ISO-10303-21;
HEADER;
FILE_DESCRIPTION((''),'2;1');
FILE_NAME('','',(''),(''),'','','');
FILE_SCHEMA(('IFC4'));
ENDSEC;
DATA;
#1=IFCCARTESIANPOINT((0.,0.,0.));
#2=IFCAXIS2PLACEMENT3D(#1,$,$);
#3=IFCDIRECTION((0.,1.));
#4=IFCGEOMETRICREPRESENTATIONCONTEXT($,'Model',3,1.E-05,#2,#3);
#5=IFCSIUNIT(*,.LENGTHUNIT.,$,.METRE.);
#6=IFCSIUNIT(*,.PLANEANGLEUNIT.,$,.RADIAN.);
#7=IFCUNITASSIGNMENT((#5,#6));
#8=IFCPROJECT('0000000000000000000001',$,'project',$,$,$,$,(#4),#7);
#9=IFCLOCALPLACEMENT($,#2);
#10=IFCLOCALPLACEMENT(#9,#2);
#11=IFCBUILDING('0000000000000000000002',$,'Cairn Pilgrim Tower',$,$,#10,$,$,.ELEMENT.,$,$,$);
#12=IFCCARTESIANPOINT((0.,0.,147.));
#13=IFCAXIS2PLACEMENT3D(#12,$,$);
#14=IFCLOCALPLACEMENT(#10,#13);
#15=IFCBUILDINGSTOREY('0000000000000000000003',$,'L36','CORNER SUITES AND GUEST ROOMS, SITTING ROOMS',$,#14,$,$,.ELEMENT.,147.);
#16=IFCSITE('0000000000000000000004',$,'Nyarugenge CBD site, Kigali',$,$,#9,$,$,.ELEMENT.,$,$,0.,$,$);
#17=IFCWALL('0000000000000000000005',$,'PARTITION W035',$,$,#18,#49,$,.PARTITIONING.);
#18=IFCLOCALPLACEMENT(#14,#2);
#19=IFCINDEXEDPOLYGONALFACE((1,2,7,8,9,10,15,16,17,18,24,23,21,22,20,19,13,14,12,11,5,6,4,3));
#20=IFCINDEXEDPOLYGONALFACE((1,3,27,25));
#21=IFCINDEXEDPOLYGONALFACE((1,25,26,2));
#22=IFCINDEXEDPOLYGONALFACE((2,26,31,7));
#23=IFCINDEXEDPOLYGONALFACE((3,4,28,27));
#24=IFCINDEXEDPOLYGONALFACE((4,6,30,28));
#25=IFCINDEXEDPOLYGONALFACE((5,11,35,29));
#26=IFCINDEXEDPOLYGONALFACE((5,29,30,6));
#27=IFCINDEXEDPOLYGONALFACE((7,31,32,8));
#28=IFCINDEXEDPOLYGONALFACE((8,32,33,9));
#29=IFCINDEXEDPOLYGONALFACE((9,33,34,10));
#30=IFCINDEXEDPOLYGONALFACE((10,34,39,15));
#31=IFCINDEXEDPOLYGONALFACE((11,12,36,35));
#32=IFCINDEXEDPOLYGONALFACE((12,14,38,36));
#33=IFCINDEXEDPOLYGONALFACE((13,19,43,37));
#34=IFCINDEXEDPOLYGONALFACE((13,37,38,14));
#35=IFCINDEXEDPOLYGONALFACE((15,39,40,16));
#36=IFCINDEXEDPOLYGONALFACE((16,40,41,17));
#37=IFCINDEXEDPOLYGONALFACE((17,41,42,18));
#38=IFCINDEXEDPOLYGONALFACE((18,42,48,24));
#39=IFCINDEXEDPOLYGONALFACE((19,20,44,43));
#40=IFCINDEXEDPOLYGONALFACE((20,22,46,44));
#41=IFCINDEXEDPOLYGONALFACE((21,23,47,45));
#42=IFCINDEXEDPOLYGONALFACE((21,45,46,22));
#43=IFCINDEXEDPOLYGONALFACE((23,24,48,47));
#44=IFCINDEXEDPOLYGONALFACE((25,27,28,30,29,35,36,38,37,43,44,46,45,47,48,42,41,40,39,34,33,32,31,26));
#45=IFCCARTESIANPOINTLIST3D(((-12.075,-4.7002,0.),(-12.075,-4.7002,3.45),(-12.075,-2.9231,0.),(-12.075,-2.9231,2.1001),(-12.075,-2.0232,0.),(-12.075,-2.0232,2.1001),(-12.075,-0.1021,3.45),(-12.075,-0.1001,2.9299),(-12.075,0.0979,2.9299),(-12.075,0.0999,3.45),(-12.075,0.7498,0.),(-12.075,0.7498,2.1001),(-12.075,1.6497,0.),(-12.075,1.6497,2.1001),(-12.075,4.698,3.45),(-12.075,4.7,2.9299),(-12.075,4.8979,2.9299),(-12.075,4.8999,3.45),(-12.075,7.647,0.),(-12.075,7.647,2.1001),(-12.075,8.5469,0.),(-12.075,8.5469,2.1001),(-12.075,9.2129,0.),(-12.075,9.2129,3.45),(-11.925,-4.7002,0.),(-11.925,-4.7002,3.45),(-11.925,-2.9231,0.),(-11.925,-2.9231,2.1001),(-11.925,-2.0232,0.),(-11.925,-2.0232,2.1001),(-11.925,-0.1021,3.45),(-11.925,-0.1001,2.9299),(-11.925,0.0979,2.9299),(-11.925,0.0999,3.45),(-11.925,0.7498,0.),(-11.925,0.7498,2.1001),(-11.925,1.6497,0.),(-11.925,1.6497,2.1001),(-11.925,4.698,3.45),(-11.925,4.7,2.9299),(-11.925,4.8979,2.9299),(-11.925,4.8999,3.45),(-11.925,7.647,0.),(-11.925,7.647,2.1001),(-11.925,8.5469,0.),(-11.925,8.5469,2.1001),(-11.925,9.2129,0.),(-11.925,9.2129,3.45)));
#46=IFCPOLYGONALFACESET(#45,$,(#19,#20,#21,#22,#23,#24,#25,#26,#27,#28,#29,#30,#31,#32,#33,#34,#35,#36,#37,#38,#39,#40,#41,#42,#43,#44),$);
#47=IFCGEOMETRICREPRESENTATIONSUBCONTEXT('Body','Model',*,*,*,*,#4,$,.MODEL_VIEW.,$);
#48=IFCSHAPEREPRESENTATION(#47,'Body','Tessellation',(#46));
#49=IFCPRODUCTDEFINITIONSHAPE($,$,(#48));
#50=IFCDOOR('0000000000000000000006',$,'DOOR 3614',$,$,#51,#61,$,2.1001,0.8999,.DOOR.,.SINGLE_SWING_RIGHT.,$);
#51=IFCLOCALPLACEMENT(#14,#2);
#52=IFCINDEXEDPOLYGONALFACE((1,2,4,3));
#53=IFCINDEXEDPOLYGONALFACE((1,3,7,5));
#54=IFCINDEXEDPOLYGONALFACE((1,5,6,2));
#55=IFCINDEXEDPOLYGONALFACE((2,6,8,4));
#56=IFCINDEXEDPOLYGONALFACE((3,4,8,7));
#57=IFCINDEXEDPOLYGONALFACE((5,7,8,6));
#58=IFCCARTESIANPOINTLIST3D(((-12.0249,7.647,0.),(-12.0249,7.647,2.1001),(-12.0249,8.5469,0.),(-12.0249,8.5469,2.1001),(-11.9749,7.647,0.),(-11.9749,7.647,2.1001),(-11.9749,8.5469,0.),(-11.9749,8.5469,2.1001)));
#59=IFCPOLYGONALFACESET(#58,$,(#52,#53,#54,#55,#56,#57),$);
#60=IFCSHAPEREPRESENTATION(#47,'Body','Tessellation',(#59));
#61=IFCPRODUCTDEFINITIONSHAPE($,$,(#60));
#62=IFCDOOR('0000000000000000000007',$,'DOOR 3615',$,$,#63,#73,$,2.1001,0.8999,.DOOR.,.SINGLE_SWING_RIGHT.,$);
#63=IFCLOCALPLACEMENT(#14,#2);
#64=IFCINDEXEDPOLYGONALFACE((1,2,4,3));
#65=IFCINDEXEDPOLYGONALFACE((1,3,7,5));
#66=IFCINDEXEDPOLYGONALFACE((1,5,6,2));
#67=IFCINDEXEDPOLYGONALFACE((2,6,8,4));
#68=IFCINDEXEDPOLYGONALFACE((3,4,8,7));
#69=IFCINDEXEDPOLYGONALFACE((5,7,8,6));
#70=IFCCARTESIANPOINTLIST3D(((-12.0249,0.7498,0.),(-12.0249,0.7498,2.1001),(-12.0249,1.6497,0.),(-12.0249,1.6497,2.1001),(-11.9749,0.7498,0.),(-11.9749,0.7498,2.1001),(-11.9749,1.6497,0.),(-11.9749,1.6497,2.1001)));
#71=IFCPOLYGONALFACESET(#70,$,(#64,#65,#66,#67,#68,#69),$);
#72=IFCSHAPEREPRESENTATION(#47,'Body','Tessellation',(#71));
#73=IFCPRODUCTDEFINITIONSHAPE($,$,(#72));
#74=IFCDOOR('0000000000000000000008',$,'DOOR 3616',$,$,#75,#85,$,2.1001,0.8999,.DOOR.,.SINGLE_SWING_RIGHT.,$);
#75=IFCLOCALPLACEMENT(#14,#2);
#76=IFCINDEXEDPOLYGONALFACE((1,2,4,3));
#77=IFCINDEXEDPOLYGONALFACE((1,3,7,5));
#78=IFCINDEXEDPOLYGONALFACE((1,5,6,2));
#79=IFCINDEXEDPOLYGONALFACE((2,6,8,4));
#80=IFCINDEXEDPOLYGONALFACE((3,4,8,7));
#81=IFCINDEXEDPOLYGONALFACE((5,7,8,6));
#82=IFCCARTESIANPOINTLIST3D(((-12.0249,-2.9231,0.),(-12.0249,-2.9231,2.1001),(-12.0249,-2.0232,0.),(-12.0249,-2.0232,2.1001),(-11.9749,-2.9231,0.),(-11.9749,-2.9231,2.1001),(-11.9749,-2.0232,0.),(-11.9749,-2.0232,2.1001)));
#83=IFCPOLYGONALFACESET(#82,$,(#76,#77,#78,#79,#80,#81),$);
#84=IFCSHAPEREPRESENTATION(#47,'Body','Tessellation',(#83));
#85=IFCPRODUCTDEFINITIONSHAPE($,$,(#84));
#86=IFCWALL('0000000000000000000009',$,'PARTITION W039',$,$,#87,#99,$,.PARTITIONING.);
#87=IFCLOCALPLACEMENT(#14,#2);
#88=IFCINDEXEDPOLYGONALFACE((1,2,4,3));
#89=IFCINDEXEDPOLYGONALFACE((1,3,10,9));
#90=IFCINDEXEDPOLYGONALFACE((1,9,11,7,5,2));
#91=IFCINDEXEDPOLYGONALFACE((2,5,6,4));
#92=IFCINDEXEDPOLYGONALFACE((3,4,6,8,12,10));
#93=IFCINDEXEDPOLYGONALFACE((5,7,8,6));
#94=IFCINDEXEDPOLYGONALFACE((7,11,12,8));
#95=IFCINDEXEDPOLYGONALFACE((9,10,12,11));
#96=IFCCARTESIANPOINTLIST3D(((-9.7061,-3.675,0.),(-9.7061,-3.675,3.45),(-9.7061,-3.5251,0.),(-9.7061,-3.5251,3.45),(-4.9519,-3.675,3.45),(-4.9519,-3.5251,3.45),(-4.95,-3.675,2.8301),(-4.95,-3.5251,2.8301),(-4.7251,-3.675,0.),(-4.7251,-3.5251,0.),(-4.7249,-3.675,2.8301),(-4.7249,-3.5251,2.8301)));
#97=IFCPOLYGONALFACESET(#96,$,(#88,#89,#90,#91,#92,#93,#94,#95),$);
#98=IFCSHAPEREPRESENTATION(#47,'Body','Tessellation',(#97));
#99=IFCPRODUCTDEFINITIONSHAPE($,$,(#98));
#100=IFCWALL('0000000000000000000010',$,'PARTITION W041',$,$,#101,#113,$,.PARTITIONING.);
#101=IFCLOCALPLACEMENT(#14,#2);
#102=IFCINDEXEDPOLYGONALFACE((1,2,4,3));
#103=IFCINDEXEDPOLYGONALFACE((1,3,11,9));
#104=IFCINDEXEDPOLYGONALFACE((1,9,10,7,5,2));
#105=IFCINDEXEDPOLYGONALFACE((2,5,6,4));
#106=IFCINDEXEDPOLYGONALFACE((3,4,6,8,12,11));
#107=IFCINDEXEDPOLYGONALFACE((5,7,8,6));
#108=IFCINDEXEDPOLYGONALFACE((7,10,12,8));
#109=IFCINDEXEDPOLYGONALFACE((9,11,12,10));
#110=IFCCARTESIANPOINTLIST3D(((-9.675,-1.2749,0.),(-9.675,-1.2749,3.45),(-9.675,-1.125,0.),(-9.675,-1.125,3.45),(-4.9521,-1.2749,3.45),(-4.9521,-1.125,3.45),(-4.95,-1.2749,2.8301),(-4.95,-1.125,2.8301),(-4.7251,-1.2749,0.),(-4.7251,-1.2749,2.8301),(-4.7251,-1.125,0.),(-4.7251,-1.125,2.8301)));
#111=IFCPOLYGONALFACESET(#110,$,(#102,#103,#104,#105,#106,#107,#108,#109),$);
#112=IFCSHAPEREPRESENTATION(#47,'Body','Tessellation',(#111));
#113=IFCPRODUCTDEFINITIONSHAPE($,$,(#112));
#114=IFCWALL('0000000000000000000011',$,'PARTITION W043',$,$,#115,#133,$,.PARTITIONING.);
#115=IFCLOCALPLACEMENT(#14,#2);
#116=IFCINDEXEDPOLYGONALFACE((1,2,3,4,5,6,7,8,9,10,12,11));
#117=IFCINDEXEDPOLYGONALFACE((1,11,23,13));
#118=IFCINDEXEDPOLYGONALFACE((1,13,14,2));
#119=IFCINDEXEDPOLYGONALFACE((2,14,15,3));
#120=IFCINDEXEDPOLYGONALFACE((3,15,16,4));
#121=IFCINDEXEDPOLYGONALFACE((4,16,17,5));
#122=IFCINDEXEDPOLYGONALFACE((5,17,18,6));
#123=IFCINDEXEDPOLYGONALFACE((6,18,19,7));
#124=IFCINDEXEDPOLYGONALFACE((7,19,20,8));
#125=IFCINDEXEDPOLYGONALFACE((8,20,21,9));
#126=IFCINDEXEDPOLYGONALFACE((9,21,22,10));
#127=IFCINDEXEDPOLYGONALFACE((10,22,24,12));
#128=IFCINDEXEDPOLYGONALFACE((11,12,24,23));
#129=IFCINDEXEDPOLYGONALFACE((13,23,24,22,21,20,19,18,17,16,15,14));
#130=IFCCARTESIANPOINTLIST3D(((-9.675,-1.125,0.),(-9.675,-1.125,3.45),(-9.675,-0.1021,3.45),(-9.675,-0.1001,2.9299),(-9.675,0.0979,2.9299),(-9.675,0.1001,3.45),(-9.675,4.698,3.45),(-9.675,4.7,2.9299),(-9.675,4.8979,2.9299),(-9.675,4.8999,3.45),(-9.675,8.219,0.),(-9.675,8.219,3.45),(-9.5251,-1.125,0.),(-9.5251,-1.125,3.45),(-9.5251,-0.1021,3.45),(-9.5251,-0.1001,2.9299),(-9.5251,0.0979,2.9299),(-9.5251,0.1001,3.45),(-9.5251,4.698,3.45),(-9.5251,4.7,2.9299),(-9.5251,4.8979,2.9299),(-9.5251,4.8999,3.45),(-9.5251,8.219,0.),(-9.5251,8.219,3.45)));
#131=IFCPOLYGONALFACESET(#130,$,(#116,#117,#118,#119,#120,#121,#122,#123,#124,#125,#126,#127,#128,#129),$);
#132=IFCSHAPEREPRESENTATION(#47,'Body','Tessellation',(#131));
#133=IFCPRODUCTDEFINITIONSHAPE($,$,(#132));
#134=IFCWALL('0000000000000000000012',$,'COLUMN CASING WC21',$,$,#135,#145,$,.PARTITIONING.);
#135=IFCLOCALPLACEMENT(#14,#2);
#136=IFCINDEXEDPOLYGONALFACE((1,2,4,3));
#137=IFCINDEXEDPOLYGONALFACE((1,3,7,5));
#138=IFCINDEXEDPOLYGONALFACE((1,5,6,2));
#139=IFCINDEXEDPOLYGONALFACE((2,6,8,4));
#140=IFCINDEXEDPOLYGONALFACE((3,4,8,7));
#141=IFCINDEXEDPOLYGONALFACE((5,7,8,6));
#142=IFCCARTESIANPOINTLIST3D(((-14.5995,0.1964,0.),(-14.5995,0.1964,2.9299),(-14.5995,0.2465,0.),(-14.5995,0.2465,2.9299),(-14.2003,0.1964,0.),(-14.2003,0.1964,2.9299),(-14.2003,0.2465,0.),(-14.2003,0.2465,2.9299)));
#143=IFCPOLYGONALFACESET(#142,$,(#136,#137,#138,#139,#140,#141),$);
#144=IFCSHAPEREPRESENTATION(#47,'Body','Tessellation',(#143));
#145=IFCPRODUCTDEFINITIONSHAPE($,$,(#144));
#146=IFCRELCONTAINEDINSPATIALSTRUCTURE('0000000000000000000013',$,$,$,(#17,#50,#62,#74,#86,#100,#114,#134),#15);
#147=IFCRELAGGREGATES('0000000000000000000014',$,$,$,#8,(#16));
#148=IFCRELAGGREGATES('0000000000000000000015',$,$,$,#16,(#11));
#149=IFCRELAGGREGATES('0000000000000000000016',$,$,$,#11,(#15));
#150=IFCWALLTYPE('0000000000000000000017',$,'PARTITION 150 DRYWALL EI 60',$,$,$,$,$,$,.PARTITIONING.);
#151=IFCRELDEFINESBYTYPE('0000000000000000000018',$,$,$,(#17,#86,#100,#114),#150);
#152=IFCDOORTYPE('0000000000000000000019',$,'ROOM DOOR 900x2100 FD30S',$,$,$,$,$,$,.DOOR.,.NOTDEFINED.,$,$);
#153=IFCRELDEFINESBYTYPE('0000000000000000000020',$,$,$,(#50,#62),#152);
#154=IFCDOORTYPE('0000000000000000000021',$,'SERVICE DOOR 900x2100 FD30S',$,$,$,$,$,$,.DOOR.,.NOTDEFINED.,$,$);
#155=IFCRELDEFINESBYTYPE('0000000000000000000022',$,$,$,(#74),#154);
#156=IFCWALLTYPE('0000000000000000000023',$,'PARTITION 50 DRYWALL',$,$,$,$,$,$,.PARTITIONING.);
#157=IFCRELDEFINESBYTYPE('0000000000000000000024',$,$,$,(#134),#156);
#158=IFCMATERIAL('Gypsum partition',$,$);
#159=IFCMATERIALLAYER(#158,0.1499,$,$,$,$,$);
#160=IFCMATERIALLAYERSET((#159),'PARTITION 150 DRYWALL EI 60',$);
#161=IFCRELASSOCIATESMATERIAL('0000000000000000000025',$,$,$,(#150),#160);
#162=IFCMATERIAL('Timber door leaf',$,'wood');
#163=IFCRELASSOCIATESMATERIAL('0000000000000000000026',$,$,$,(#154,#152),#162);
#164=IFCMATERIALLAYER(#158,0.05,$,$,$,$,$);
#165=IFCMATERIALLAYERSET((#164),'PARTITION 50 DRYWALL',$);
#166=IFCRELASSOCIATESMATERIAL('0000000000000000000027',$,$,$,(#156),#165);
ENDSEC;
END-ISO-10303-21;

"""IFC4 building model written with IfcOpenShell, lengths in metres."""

from ifc_helpers import new_model, si_unit, direction, frame, frame_2d, origin, place, context, subcontext, project, spatial, polyline, rectangle, outline, extrude, material, layer, layer_set, type_object, element, fill, save


model = new_model("IFC4")

# Units and contexts
model_context = context("Model", 3, precision=1e-05, world=origin(), true_north=direction((0.0, 1.0)))
body_context = subcontext(model_context, "Body", "Model", "MODEL_VIEW")
ifc_project = project(units=[si_unit("LENGTHUNIT", "METRE"), si_unit("PLANEANGLEUNIT", "RADIAN")], contexts=[model_context])

# Site, building, storey
site_placement = place(None, origin())
site = spatial("IfcSite", under=ifc_project, at=site_placement, Name="Nyarugenge CBD site, Kigali", CompositionType="ELEMENT", RefElevation=0.0)
building_placement = place(site_placement, origin())
building = spatial("IfcBuilding", under=site, at=building_placement, Name="Cairn Pilgrim Tower", CompositionType="ELEMENT")
storey_placement = place(building_placement, frame((0.0, 0.0, 147.0)))
storey = spatial("IfcBuildingStorey", under=building, at=storey_placement, Name="L36", Description="CORNER SUITES AND GUEST ROOMS, SITTING ROOMS", CompositionType="ELEMENT", Elevation=147.0)

# Shared definitions
ifc_material_1 = material(Name="Gypsum partition")

# Shared definitions
ifc_material_2 = material(Name="Timber door leaf", Category="wood")

# Shared definitions
ifc_layer_1 = layer(ifc_material_1, 0.1499)
ifc_layer_set_1 = layer_set([ifc_layer_1], Name="PARTITION 150 DRYWALL EI 60")
wall_type_1 = type_object("IfcWallType", Name="PARTITION 150 DRYWALL EI 60", PredefinedType="PARTITIONING", material=ifc_layer_set_1)

# Shared definitions
door_type_1 = type_object("IfcDoorType", Name="SERVICE DOOR 900x2100 FD30S", OperationType="NOTDEFINED", PredefinedType="DOOR", material=ifc_material_2)

# Wall, openings, doors
wall_1_placement = place(storey_placement, frame((-12.0, -4.7002, 0.0), z_axis=(0.0, 0.0, 1.0), x_axis=(0.0, 1.0, 0.0)))
wall_1 = element("IfcWall", 1, at=wall_1_placement, inside=storey, type_object=wall_type_1, Name="PARTITION W035", PredefinedType="PARTITIONING", context=body_context, shape_type="SweptSolid", body=[
    extrude(outline(polyline([(0.0, 0.0), (13.9131, 0.0), (13.9131, 3.45), (9.6001, 3.45), (9.5981, 2.9299), (9.4001, 2.9299), (9.3982, 3.45), (4.8, 3.45), (4.7981, 2.9299), (4.6001, 2.9299), (4.5981, 3.45), (0.0, 3.45), (0.0, 0.0)])), frame((0.0, 0.075, 0.0), z_axis=(0.0, -1.0, 0.0), x_axis=(1.0, 0.0, 0.0)), (0.0, 0.0, 1.0), 0.1499),
])
opening_1_placement = place(wall_1_placement, frame((12.3472, 0.0, 0.0)))
opening_1 = element("IfcOpeningElement", 2, at=opening_1_placement, cuts=wall_1, PredefinedType="OPENING", context=body_context, shape_type="SweptSolid", body=[
    extrude(rectangle(XDim=0.8999, YDim=2.1001, at=frame_2d((0.45, 1.05))), frame((0.0, 0.085, 0.0), z_axis=(0.0, -1.0, 0.0), x_axis=(1.0, 0.0, 0.0)), (0.0, 0.0, 1.0), 0.1699),
])
opening_2_placement = place(wall_1_placement, frame((5.45, 0.0, 0.0)))
opening_2 = element("IfcOpeningElement", 3, at=opening_2_placement, cuts=wall_1, PredefinedType="OPENING", context=body_context, shape_type="SweptSolid", body=[
    extrude(rectangle(XDim=0.8999, YDim=2.1001, at=frame_2d((0.45, 1.05))), frame((0.0, 0.085, 0.0), z_axis=(0.0, -1.0, 0.0), x_axis=(1.0, 0.0, 0.0)), (0.0, 0.0, 1.0), 0.1699),
])
opening_3_placement = place(wall_1_placement, frame((1.7771, 0.0, 0.0)))
opening_3 = element("IfcOpeningElement", 4, at=opening_3_placement, cuts=wall_1, PredefinedType="OPENING", context=body_context, shape_type="SweptSolid", body=[
    extrude(rectangle(XDim=0.8999, YDim=2.1001, at=frame_2d((0.45, 1.05))), frame((0.0, 0.085, 0.0), z_axis=(0.0, -1.0, 0.0), x_axis=(1.0, 0.0, 0.0)), (0.0, 0.0, 1.0), 0.1699),
])
door_type_2 = type_object("IfcDoorType", Name="ROOM DOOR 900x2100 FD30S", OperationType="NOTDEFINED", PredefinedType="DOOR", material=ifc_material_2)
door_1_placement = place(opening_1_placement, origin())
door_1 = element("IfcDoor", 5, at=door_1_placement, inside=storey, type_object=door_type_2, Name="DOOR 3614", OperationType="SINGLE_SWING_RIGHT", OverallHeight=2.1001, OverallWidth=0.8999, PredefinedType="DOOR", context=body_context, shape_type="SweptSolid", body=[
    extrude(rectangle(XDim=0.8999, YDim=2.1001, at=frame_2d((0.45, 1.05))), frame((0.0, 0.0249, 0.0), z_axis=(0.0, -1.0, 0.0), x_axis=(1.0, 0.0, 0.0)), (0.0, 0.0, 1.0), 0.05),
])
fill(opening_1, door_1)
door_2_placement = place(opening_2_placement, origin())
door_2 = element("IfcDoor", 6, at=door_2_placement, inside=storey, type_object=door_type_2, Name="DOOR 3615", OperationType="SINGLE_SWING_RIGHT", OverallHeight=2.1001, OverallWidth=0.8999, PredefinedType="DOOR", context=body_context, shape_type="SweptSolid", body=[
    extrude(rectangle(XDim=0.8999, YDim=2.1001, at=frame_2d((0.45, 1.05))), frame((0.0, 0.0249, 0.0), z_axis=(0.0, -1.0, 0.0), x_axis=(1.0, 0.0, 0.0)), (0.0, 0.0, 1.0), 0.05),
])
fill(opening_2, door_2)
door_3_placement = place(opening_3_placement, origin())
door_3 = element("IfcDoor", 7, at=door_3_placement, inside=storey, type_object=door_type_1, Name="DOOR 3616", OperationType="SINGLE_SWING_RIGHT", OverallHeight=2.1001, OverallWidth=0.8999, PredefinedType="DOOR", context=body_context, shape_type="SweptSolid", body=[
    extrude(rectangle(XDim=0.8999, YDim=2.1001, at=frame_2d((0.45, 1.05))), frame((0.0, 0.0249, 0.0), z_axis=(0.0, -1.0, 0.0), x_axis=(1.0, 0.0, 0.0)), (0.0, 0.0, 1.0), 0.05),
])
fill(opening_3, door_3)

# Walls
wall_2_placement = place(storey_placement, frame((-9.7061, -3.6001, 0.0), z_axis=(0.0, 0.0, 1.0), x_axis=(1.0, 0.0, 0.0)))
element("IfcWall", 8, at=wall_2_placement, inside=storey, type_object=wall_type_1, Name="PARTITION W039", PredefinedType="PARTITIONING", context=body_context, shape_type="SweptSolid", body=[
    extrude(outline(polyline([(0.0, 0.0), (4.981, 0.0), (4.9812, 2.8301), (4.7561, 2.8301), (4.7542, 3.45), (0.0, 3.45), (0.0, 0.0)])), frame((0.0, 0.075, 0.0), z_axis=(0.0, -1.0, 0.0), x_axis=(1.0, 0.0, 0.0)), (0.0, 0.0, 1.0), 0.1499),
])
wall_3_placement = place(storey_placement, frame((-9.675, -1.2, 0.0), z_axis=(0.0, 0.0, 1.0), x_axis=(1.0, 0.0, 0.0)))
element("IfcWall", 9, at=wall_3_placement, inside=storey, type_object=wall_type_1, Name="PARTITION W041", PredefinedType="PARTITIONING", context=body_context, shape_type="SweptSolid", body=[
    extrude(outline(polyline([(0.0, 0.0), (4.95, 0.0), (4.95, 2.8301), (4.7251, 2.8301), (4.7229, 3.45), (0.0, 3.45), (0.0, 0.0)])), frame((0.0, 0.075, 0.0), z_axis=(0.0, -1.0, 0.0), x_axis=(1.0, 0.0, 0.0)), (0.0, 0.0, 1.0), 0.1499),
])
wall_4_placement = place(storey_placement, frame((-9.6001, -1.125, 0.0), z_axis=(0.0, 0.0, 1.0), x_axis=(0.0, 1.0, 0.0)))
element("IfcWall", 10, at=wall_4_placement, inside=storey, type_object=wall_type_1, Name="PARTITION W043", PredefinedType="PARTITIONING", context=body_context, shape_type="SweptSolid", body=[
    extrude(outline(polyline([(0.0, 0.0), (9.344, 0.0), (9.344, 3.45), (6.0249, 3.45), (6.0229, 2.9299), (5.825, 2.9299), (5.823, 3.45), (1.2251, 3.45), (1.2229, 2.9299), (1.0249, 2.9299), (1.0229, 3.45), (0.0, 3.45), (0.0, 0.0)])), frame((0.0, 0.075, 0.0), z_axis=(0.0, -1.0, 0.0), x_axis=(1.0, 0.0, 0.0)), (0.0, 0.0, 1.0), 0.1499),
])
ifc_layer_2 = layer(ifc_material_1, 0.05)
ifc_layer_set_2 = layer_set([ifc_layer_2], Name="PARTITION 50 DRYWALL")
wall_type_2 = type_object("IfcWallType", Name="PARTITION 50 DRYWALL", PredefinedType="PARTITIONING", material=ifc_layer_set_2)
wall_5_placement = place(storey_placement, frame((-14.5996, 0.2214, 0.0), z_axis=(0.0, 0.0, 1.0), x_axis=(1.0, 0.0, 0.0)))
element("IfcWall", 11, at=wall_5_placement, inside=storey, type_object=wall_type_2, Name="COLUMN CASING WC21", PredefinedType="PARTITIONING", context=body_context, shape_type="SweptSolid", body=[
    extrude(rectangle(XDim=0.3992, YDim=0.05, at=frame_2d((0.1997, 0.0))), origin(), (0.0, 0.0, 1.0), 2.9299),
])

save(model, "model.ifc")
